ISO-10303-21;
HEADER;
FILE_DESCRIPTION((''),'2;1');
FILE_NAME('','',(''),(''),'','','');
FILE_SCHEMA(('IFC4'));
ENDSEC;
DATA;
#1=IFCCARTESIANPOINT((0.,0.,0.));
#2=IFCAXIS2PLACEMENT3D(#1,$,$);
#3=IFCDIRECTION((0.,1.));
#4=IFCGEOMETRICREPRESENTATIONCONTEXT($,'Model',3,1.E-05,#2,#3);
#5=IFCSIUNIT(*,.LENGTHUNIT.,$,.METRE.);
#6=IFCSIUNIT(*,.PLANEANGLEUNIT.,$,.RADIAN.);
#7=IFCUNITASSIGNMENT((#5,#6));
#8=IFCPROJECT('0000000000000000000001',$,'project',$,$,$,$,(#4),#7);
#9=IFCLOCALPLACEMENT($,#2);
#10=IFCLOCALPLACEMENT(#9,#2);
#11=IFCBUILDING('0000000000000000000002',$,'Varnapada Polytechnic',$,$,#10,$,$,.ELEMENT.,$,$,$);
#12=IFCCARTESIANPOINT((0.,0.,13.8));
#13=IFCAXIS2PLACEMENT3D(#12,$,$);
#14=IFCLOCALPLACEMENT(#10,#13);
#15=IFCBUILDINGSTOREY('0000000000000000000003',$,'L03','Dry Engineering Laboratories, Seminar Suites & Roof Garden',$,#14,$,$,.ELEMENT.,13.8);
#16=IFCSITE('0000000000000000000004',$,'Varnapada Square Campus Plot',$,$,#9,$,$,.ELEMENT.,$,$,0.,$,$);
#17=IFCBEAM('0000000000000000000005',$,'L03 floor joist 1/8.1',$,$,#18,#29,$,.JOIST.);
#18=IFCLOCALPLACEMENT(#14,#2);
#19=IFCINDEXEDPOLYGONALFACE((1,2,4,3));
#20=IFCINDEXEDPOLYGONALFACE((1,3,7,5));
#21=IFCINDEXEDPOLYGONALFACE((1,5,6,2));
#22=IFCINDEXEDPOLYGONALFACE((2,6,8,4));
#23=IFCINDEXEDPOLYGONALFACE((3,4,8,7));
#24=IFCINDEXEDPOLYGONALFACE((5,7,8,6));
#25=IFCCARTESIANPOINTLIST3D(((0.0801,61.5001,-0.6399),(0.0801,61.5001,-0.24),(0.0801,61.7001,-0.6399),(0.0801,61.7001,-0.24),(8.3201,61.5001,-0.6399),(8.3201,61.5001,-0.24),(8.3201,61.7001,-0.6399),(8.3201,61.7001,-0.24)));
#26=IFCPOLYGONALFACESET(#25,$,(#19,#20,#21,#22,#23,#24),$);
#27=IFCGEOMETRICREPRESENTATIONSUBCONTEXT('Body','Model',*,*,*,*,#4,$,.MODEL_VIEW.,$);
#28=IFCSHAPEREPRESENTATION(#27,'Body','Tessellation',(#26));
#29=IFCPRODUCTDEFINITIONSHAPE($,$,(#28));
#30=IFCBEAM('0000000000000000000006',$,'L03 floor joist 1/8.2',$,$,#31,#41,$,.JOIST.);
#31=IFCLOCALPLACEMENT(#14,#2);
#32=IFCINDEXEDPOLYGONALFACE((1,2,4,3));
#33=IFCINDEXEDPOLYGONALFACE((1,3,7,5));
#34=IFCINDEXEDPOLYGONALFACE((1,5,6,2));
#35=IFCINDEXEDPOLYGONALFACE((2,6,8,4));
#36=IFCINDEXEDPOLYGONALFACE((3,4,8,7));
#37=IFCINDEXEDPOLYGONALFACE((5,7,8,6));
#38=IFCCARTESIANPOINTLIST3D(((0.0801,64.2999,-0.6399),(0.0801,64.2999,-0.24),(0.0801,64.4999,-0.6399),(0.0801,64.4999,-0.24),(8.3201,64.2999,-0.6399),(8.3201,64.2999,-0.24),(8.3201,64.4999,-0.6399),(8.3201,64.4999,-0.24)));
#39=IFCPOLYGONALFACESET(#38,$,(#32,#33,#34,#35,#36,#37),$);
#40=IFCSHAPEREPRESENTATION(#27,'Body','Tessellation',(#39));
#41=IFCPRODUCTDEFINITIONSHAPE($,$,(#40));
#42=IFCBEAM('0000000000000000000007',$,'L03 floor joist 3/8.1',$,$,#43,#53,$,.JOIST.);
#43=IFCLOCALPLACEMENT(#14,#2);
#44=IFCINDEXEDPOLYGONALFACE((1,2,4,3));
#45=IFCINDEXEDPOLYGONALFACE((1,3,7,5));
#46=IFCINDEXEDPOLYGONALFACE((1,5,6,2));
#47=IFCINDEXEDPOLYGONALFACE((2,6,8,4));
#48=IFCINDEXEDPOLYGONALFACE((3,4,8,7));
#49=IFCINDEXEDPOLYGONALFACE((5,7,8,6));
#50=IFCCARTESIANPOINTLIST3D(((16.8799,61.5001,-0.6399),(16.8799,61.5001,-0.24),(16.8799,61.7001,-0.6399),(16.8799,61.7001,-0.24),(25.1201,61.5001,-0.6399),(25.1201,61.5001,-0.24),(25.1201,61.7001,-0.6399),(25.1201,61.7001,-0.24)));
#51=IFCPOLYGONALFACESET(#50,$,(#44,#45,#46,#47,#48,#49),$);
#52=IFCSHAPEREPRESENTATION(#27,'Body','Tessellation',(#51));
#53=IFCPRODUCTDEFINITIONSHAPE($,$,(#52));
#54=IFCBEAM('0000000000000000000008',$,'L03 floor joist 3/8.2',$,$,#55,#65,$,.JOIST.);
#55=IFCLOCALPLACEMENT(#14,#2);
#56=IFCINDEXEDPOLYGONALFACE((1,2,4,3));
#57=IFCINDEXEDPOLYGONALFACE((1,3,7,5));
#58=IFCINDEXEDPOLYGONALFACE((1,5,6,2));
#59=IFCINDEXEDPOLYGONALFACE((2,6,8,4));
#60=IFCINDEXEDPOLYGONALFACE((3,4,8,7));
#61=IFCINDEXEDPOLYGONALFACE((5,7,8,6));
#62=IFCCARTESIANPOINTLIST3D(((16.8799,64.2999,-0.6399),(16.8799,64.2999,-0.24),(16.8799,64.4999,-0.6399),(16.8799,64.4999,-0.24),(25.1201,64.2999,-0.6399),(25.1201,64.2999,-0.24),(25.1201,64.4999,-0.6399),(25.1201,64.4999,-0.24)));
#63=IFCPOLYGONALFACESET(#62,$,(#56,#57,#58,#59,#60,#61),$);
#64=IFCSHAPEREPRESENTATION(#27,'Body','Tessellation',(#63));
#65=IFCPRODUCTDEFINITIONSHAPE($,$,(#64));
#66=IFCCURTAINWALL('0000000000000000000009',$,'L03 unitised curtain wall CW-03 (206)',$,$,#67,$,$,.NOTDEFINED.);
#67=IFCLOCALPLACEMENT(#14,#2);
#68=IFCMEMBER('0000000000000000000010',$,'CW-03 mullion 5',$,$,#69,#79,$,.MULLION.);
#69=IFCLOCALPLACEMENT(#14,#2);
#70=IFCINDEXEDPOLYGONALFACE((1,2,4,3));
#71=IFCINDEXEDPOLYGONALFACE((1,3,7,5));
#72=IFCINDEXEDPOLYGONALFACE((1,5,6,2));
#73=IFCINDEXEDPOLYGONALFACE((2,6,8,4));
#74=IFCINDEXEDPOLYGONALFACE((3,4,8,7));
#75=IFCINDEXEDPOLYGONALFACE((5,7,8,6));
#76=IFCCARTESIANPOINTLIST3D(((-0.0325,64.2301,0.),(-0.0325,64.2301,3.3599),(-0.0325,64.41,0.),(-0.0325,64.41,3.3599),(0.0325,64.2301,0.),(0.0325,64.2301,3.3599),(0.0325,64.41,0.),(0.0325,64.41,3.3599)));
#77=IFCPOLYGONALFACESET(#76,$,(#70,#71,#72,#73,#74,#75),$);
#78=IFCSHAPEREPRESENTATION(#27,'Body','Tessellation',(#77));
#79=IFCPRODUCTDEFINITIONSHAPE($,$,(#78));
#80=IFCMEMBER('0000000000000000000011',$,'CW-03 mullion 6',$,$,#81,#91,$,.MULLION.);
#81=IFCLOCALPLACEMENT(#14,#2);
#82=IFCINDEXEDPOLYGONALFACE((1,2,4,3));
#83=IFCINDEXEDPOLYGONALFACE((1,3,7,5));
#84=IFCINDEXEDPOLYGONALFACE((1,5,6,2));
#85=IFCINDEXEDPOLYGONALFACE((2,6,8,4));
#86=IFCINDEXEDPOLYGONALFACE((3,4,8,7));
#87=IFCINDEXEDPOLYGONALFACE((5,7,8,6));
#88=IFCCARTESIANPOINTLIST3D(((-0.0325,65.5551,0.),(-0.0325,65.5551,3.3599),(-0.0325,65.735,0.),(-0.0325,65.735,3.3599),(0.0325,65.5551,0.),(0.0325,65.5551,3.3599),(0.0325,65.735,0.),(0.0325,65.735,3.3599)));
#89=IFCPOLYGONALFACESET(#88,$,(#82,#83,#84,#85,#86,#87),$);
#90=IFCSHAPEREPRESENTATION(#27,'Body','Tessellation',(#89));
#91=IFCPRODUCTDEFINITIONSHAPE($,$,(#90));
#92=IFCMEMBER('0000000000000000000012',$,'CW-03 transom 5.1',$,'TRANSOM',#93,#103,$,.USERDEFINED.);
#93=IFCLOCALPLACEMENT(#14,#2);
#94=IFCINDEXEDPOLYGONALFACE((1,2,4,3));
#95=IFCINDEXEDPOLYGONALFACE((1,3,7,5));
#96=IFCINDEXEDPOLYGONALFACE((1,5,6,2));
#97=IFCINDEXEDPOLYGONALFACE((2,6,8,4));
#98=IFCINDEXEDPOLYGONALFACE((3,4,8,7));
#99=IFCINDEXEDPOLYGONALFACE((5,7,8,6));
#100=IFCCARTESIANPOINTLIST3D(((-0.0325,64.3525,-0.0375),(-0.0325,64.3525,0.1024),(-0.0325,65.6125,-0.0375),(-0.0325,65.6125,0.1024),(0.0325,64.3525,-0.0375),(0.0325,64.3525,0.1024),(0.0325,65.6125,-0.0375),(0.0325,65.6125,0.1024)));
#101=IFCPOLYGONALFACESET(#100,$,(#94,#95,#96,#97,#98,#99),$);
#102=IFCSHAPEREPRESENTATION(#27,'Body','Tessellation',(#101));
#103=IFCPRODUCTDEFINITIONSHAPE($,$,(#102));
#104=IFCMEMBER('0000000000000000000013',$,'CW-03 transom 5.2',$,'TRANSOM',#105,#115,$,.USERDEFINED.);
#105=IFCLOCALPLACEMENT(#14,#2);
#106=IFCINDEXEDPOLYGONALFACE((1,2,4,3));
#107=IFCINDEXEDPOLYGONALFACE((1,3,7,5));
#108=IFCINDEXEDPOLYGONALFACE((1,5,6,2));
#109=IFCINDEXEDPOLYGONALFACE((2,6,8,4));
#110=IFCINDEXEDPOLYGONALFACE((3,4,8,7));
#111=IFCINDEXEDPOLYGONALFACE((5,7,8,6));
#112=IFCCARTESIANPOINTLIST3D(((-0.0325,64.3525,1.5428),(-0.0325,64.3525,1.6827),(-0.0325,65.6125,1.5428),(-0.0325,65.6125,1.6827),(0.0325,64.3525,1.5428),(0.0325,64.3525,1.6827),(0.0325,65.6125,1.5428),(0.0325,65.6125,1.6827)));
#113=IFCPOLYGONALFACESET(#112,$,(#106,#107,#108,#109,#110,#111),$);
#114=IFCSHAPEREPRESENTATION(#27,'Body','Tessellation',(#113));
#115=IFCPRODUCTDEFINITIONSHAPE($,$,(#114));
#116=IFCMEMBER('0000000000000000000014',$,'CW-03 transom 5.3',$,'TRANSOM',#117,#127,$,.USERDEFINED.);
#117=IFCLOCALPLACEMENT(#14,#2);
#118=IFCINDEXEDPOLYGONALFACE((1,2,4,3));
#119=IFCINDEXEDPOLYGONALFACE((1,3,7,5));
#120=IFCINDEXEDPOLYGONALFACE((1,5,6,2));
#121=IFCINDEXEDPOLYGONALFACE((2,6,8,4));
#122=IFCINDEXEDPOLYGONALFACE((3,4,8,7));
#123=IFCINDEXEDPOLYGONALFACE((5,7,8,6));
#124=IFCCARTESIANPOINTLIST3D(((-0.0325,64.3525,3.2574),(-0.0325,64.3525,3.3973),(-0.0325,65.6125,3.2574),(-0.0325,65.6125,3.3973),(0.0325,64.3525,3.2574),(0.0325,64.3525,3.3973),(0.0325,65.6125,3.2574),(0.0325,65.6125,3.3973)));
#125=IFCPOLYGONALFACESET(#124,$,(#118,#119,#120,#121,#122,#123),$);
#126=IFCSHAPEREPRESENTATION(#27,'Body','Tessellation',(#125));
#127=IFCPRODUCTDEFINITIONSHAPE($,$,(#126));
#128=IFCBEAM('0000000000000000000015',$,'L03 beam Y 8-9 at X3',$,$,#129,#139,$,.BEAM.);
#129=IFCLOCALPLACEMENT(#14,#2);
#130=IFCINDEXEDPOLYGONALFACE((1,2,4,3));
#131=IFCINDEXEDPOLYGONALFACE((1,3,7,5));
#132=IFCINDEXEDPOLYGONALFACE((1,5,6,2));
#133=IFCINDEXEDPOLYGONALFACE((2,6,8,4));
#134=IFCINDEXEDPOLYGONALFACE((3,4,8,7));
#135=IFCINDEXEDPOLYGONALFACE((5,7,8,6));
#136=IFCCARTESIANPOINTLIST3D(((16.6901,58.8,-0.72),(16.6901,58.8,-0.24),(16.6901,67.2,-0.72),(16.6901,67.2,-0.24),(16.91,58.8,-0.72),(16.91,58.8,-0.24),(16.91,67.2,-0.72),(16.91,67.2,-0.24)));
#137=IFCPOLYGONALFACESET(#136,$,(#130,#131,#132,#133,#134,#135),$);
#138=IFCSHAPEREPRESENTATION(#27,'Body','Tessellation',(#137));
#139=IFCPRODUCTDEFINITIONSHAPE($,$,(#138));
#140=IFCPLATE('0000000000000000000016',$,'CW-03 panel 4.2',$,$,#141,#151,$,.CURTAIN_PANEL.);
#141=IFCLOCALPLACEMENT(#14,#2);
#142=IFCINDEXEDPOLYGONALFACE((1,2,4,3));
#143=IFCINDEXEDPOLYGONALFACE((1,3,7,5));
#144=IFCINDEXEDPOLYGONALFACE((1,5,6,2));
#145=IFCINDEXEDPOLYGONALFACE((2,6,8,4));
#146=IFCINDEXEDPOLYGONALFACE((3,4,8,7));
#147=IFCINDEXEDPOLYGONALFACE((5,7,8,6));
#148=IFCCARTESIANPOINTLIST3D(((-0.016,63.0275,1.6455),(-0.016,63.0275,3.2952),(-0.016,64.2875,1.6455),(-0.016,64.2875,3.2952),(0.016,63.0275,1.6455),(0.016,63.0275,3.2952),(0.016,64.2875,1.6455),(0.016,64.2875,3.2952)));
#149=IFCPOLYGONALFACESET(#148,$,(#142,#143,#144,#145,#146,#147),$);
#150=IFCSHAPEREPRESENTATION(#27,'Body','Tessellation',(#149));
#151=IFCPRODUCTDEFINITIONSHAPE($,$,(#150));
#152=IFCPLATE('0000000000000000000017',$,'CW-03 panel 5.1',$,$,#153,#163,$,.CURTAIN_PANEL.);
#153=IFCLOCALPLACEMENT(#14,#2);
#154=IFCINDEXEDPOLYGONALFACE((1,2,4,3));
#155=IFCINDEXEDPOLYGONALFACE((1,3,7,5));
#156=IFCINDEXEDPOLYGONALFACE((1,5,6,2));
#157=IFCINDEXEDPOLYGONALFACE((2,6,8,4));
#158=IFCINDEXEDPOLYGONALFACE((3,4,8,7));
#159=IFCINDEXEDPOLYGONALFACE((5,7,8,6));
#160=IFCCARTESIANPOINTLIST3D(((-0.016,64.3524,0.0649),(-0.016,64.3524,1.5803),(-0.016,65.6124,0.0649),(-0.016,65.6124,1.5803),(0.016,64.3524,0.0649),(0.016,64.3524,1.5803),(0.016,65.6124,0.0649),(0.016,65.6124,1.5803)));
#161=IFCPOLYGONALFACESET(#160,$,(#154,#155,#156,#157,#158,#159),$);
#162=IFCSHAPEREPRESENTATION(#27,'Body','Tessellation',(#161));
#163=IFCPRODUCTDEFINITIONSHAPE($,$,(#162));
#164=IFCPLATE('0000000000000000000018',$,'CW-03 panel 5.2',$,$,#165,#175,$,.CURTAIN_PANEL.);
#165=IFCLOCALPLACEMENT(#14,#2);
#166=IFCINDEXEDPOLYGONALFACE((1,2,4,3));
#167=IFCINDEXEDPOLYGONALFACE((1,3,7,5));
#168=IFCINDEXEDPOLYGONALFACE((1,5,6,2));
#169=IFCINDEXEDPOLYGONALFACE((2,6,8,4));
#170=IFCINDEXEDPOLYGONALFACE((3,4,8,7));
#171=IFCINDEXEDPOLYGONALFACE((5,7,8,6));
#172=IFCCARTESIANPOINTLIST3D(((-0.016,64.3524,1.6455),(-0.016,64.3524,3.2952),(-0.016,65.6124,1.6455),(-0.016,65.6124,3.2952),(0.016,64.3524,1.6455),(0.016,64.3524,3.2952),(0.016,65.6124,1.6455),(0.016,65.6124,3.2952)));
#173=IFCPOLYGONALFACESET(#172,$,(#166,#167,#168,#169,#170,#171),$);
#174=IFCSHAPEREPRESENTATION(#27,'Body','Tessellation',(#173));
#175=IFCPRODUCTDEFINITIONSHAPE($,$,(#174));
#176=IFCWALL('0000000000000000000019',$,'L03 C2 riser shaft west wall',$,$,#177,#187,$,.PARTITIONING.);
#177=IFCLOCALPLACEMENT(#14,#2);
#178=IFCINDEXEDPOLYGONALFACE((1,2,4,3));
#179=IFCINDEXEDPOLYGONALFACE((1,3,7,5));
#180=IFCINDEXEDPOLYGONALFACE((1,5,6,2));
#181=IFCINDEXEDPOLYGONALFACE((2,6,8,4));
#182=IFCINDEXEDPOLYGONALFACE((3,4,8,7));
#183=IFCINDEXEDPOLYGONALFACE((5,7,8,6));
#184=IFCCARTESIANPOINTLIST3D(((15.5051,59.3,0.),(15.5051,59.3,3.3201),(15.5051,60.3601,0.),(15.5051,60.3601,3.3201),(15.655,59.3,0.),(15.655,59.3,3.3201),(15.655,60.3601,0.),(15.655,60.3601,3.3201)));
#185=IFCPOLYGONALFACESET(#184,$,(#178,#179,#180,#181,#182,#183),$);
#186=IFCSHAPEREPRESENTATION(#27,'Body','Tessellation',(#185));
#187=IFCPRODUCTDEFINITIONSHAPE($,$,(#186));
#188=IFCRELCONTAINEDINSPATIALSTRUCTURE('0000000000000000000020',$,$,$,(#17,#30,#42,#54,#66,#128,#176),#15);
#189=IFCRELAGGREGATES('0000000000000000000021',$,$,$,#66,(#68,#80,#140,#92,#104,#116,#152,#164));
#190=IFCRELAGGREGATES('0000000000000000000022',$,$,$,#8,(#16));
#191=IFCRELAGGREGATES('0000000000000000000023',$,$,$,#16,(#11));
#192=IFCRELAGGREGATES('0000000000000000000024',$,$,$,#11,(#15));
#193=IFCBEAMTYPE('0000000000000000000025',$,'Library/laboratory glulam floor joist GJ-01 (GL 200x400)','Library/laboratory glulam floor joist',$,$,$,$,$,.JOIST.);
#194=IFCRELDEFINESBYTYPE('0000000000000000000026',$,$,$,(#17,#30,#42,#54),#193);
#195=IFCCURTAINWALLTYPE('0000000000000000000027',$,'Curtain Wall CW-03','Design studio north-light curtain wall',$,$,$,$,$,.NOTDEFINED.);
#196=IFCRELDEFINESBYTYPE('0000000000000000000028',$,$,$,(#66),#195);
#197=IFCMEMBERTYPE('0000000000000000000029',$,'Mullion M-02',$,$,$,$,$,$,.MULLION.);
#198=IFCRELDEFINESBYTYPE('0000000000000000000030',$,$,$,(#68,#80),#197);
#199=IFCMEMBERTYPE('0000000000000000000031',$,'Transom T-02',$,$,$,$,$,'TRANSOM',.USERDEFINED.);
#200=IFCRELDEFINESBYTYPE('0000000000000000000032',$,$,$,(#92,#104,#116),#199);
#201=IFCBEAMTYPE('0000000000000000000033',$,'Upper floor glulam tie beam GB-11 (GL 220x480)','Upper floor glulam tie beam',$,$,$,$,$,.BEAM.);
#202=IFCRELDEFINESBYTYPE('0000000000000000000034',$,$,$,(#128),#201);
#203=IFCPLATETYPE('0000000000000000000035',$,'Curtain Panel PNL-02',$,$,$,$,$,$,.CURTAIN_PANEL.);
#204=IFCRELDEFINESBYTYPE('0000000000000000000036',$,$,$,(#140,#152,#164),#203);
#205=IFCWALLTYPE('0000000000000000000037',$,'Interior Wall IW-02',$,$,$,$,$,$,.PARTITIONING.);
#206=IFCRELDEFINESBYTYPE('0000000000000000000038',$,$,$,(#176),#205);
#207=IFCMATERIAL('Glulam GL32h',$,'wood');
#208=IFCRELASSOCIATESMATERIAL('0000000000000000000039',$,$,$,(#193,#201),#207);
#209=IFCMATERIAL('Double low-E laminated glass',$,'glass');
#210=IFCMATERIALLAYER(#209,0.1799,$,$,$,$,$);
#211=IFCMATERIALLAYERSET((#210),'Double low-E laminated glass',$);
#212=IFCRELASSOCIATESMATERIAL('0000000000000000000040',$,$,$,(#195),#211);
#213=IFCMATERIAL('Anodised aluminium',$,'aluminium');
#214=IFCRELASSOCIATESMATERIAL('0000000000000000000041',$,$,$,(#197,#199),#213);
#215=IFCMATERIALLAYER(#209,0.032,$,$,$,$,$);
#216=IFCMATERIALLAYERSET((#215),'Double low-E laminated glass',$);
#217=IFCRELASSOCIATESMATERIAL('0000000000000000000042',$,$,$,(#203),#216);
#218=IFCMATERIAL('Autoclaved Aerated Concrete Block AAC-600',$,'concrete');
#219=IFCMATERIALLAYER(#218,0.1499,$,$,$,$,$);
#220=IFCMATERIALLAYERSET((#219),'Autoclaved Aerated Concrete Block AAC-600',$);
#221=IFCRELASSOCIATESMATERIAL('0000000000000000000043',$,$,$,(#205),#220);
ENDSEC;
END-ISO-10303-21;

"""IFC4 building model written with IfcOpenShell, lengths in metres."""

from ifc_helpers import new_model, si_unit, direction, frame, frame_2d, origin, origin_2d, place, context, subcontext, project, spatial, rectangle, extrude, material, layer, layer_set, material_profile, profile_set, type_object, element, aggregate, save


model = new_model("IFC4")

# Units and contexts
model_context = context("Model", 3, precision=1e-05, world=origin(), true_north=direction((0.0, 1.0)))
body_context = subcontext(model_context, "Body", "Model", "MODEL_VIEW")
ifc_project = project(units=[si_unit("LENGTHUNIT", "METRE"), si_unit("PLANEANGLEUNIT", "RADIAN")], contexts=[model_context])

# Site, building, storey
site_placement = place(None, origin())
site = spatial("IfcSite", under=ifc_project, at=site_placement, Name="Varnapada Square Campus Plot", CompositionType="ELEMENT", RefElevation=0.0)
building_placement = place(site_placement, origin())
building = spatial("IfcBuilding", under=site, at=building_placement, Name="Varnapada Polytechnic", CompositionType="ELEMENT")
storey_placement = place(building_placement, frame((0.0, 0.0, 13.8)))
storey = spatial("IfcBuildingStorey", under=building, at=storey_placement, Name="L03", Description="Dry Engineering Laboratories, Seminar Suites & Roof Garden", CompositionType="ELEMENT", Elevation=13.8)

# Beams
ifc_material_1 = material(Name="Glulam GL32h", Category="wood")
ifc_material_profile_1 = material_profile(ifc_material_1, rectangle(XDim=0.2, YDim=0.3999, at=origin_2d()), Name="GL 200x400")
ifc_profile_set_1 = profile_set([ifc_material_profile_1], Name="Glulam GL32h")
beam_type_1 = type_object("IfcBeamType", Name="Library/laboratory glulam floor joist GJ-01 (GL 200x400)", Description="Library/laboratory glulam floor joist", PredefinedType="JOIST", material=ifc_profile_set_1)
for number, where, z_axis, x_axis, name in (
    (1, (0.0801, 61.6001, -0.4399), (1.0, 0.0, 0.0), (0.0, 1.0, 0.0), "L03 floor joist 1/8.1"),
    (2, (0.0801, 64.3999, -0.4399), (1.0, 0.0, 0.0), (0.0, 1.0, 0.0), "L03 floor joist 1/8.2"),
):
    element("IfcBeam", number, at=place(storey_placement, frame(where, z_axis=z_axis, x_axis=x_axis)), inside=storey, type_object=beam_type_1, Name=name, PredefinedType="JOIST", context=body_context, shape_type="SweptSolid", body=[
        extrude(rectangle(XDim=0.2, YDim=0.3999, at=origin_2d()), origin(), (0.0, 0.0, 1.0), 8.24),
    ])
for number, where, z_axis, x_axis, name in (
    (3, (16.8799, 61.6001, -0.4399), (1.0, 0.0, 0.0), (0.0, 1.0, 0.0), "L03 floor joist 3/8.1"),
    (4, (16.8799, 64.3999, -0.4399), (1.0, 0.0, 0.0), (0.0, 1.0, 0.0), "L03 floor joist 3/8.2"),
):
    element("IfcBeam", number, at=place(storey_placement, frame(where, z_axis=z_axis, x_axis=x_axis)), inside=storey, type_object=beam_type_1, Name=name, PredefinedType="JOIST", context=body_context, shape_type="SweptSolid", body=[
        extrude(rectangle(XDim=0.2, YDim=0.3999, at=origin_2d()), origin(), (0.0, 0.0, 1.0), 8.2402),
    ])

# Curtain wall, members
ifc_material_2 = material(Name="Double low-E laminated glass", Category="glass")
ifc_layer_1 = layer(ifc_material_2, 0.1799)
ifc_layer_set_1 = layer_set([ifc_layer_1], Name="Double low-E laminated glass")
curtain_wall_type = type_object("IfcCurtainWallType", Name="Curtain Wall CW-03", Description="Design studio north-light curtain wall", PredefinedType="NOTDEFINED", material=ifc_layer_set_1)
curtain_wall_placement = place(storey_placement, origin())
curtain_wall = element("IfcCurtainWall", 5, at=curtain_wall_placement, inside=storey, type_object=curtain_wall_type, Name="L03 unitised curtain wall CW-03 (206)", PredefinedType="NOTDEFINED")
ifc_material_3 = material(Name="Anodised aluminium", Category="aluminium")
ifc_material_profile_2 = material_profile(ifc_material_3, rectangle(XDim=0.0649, YDim=0.1799, at=origin_2d()), Name="ALU M65x180")
ifc_profile_set_2 = profile_set([ifc_material_profile_2], Name="Anodised aluminium")
member_type_1 = type_object("IfcMemberType", Name="Mullion M-02", PredefinedType="MULLION", material=ifc_profile_set_2)
member_1_placement = place(storey_placement, frame((0.0, 64.3201, 0.0), z_axis=(0.0, 0.0, 1.0), x_axis=(-1.0, 0.0, 0.0)))
member_1 = element("IfcMember", 6, at=member_1_placement, type_object=member_type_1, Name="CW-03 mullion 5", PredefinedType="MULLION", context=body_context, shape_type="SweptSolid", body=[
    extrude(rectangle(XDim=0.0649, YDim=0.1799, at=origin_2d()), origin(), (0.0, 0.0, 1.0), 3.3599),
])
member_2_placement = place(storey_placement, frame((0.0, 65.645, 0.0), z_axis=(0.0, 0.0, 1.0), x_axis=(-1.0, 0.0, 0.0)))
member_2 = element("IfcMember", 7, at=member_2_placement, type_object=member_type_1, Name="CW-03 mullion 6", PredefinedType="MULLION", context=body_context, shape_type="SweptSolid", body=[
    extrude(rectangle(XDim=0.0649, YDim=0.1799, at=origin_2d()), origin(), (0.0, 0.0, 1.0), 3.3599),
])
ifc_material_profile_3 = material_profile(ifc_material_3, rectangle(XDim=0.0649, YDim=0.1399, at=origin_2d()), Name="ALU T65x140")
ifc_profile_set_3 = profile_set([ifc_material_profile_3], Name="Anodised aluminium")
member_type_2 = type_object("IfcMemberType", Name="Transom T-02", ElementType="TRANSOM", PredefinedType="USERDEFINED", material=ifc_profile_set_3)
member_3_placement = place(storey_placement, frame((0.0, 64.3525, 0.0325), z_axis=(0.0, 1.0, 0.0), x_axis=(-1.0, 0.0, 0.0)))
member_3 = element("IfcMember", 8, at=member_3_placement, type_object=member_type_2, Name="CW-03 transom 5.1", ObjectType="TRANSOM", PredefinedType="USERDEFINED", context=body_context, shape_type="SweptSolid", body=[
    extrude(rectangle(XDim=0.0649, YDim=0.1399, at=origin_2d()), origin(), (0.0, 0.0, 1.0), 1.26),
])
member_4_placement = place(storey_placement, frame((0.0, 64.3525, 1.6128), z_axis=(0.0, 1.0, 0.0), x_axis=(-1.0, 0.0, 0.0)))
member_4 = element("IfcMember", 9, at=member_4_placement, type_object=member_type_2, Name="CW-03 transom 5.2", ObjectType="TRANSOM", PredefinedType="USERDEFINED", context=body_context, shape_type="SweptSolid", body=[
    extrude(rectangle(XDim=0.0649, YDim=0.1399, at=origin_2d()), origin(), (0.0, 0.0, 1.0), 1.26),
])
member_5_placement = place(storey_placement, frame((0.0, 64.3525, 3.3274), z_axis=(0.0, 1.0, 0.0), x_axis=(-1.0, 0.0, 0.0)))
member_5 = element("IfcMember", 10, at=member_5_placement, type_object=member_type_2, Name="CW-03 transom 5.3", ObjectType="TRANSOM", PredefinedType="USERDEFINED", context=body_context, shape_type="SweptSolid", body=[
    extrude(rectangle(XDim=0.0649, YDim=0.1399, at=origin_2d()), origin(), (0.0, 0.0, 1.0), 1.26),
])

# Beam
ifc_material_profile_4 = material_profile(ifc_material_1, rectangle(XDim=0.22, YDim=0.48, at=origin_2d()), Name="GL 220x480")
ifc_profile_set_4 = profile_set([ifc_material_profile_4], Name="Glulam GL32h")
beam_type_2 = type_object("IfcBeamType", Name="Upper floor glulam tie beam GB-11 (GL 220x480)", Description="Upper floor glulam tie beam", PredefinedType="BEAM", material=ifc_profile_set_4)
beam_placement = place(storey_placement, frame((16.8, 58.8, -0.48), z_axis=(0.0, 1.0, 0.0), x_axis=(-1.0, 0.0, 0.0)))
element("IfcBeam", 11, at=beam_placement, inside=storey, type_object=beam_type_2, Name="L03 beam Y 8-9 at X3", PredefinedType="BEAM", context=body_context, shape_type="SweptSolid", body=[
    extrude(rectangle(XDim=0.22, YDim=0.48, at=origin_2d()), origin(), (0.0, 0.0, 1.0), 8.3999),
])

# Plates
ifc_layer_2 = layer(ifc_material_2, 0.032)
ifc_layer_set_2 = layer_set([ifc_layer_2], Name="Double low-E laminated glass")
plate_type = type_object("IfcPlateType", Name="Curtain Panel PNL-02", PredefinedType="CURTAIN_PANEL", material=ifc_layer_set_2)
plate_1_placement = place(storey_placement, frame((0.0, 63.6575, 1.6455), z_axis=(0.0, 0.0, 1.0), x_axis=(0.0, 1.0, 0.0)))
plate_1 = element("IfcPlate", 12, at=plate_1_placement, type_object=plate_type, Name="CW-03 panel 4.2", PredefinedType="CURTAIN_PANEL", context=body_context, shape_type="SweptSolid", body=[
    extrude(rectangle(XDim=1.26, YDim=0.032, at=origin_2d()), origin(), (0.0, 0.0, 1.0), 1.6497),
])
plate_2_placement = place(storey_placement, frame((0.0, 64.9824, 0.0649), z_axis=(0.0, 0.0, 1.0), x_axis=(0.0, 1.0, 0.0)))
plate_2 = element("IfcPlate", 13, at=plate_2_placement, type_object=plate_type, Name="CW-03 panel 5.1", PredefinedType="CURTAIN_PANEL", context=body_context, shape_type="SweptSolid", body=[
    extrude(rectangle(XDim=1.26, YDim=0.032, at=origin_2d()), origin(), (0.0, 0.0, 1.0), 1.5154),
])
plate_3_placement = place(storey_placement, frame((0.0, 64.9824, 1.6455), z_axis=(0.0, 0.0, 1.0), x_axis=(0.0, 1.0, 0.0)))
plate_3 = element("IfcPlate", 14, at=plate_3_placement, type_object=plate_type, Name="CW-03 panel 5.2", PredefinedType="CURTAIN_PANEL", context=body_context, shape_type="SweptSolid", body=[
    extrude(rectangle(XDim=1.26, YDim=0.032, at=origin_2d()), origin(), (0.0, 0.0, 1.0), 1.6497),
])
aggregate(curtain_wall, [member_1, member_2, plate_1, member_3, member_4, member_5, plate_2, plate_3])

# Wall
ifc_material_4 = material(Name="Autoclaved Aerated Concrete Block AAC-600", Category="concrete")
ifc_layer_3 = layer(ifc_material_4, 0.1499)
ifc_layer_set_3 = layer_set([ifc_layer_3], Name="Autoclaved Aerated Concrete Block AAC-600")
wall_type_1 = type_object("IfcWallType", Name="Interior Wall IW-02", PredefinedType="PARTITIONING", material=ifc_layer_set_3)
wall_1_placement = place(storey_placement, frame((15.5801, 60.3601, 0.0), z_axis=(0.0, 0.0, 1.0), x_axis=(0.0, -1.0, 0.0)))
element("IfcWall", 15, at=wall_1_placement, inside=storey, type_object=wall_type_1, Name="L03 C2 riser shaft west wall", PredefinedType="PARTITIONING", context=body_context, shape_type="SweptSolid", body=[
    extrude(rectangle(XDim=1.0601, YDim=0.1499, at=frame_2d((0.53, 0.0))), origin(), (0.0, 0.0, 1.0), 3.3201),
])

save(model, "model.ifc")
